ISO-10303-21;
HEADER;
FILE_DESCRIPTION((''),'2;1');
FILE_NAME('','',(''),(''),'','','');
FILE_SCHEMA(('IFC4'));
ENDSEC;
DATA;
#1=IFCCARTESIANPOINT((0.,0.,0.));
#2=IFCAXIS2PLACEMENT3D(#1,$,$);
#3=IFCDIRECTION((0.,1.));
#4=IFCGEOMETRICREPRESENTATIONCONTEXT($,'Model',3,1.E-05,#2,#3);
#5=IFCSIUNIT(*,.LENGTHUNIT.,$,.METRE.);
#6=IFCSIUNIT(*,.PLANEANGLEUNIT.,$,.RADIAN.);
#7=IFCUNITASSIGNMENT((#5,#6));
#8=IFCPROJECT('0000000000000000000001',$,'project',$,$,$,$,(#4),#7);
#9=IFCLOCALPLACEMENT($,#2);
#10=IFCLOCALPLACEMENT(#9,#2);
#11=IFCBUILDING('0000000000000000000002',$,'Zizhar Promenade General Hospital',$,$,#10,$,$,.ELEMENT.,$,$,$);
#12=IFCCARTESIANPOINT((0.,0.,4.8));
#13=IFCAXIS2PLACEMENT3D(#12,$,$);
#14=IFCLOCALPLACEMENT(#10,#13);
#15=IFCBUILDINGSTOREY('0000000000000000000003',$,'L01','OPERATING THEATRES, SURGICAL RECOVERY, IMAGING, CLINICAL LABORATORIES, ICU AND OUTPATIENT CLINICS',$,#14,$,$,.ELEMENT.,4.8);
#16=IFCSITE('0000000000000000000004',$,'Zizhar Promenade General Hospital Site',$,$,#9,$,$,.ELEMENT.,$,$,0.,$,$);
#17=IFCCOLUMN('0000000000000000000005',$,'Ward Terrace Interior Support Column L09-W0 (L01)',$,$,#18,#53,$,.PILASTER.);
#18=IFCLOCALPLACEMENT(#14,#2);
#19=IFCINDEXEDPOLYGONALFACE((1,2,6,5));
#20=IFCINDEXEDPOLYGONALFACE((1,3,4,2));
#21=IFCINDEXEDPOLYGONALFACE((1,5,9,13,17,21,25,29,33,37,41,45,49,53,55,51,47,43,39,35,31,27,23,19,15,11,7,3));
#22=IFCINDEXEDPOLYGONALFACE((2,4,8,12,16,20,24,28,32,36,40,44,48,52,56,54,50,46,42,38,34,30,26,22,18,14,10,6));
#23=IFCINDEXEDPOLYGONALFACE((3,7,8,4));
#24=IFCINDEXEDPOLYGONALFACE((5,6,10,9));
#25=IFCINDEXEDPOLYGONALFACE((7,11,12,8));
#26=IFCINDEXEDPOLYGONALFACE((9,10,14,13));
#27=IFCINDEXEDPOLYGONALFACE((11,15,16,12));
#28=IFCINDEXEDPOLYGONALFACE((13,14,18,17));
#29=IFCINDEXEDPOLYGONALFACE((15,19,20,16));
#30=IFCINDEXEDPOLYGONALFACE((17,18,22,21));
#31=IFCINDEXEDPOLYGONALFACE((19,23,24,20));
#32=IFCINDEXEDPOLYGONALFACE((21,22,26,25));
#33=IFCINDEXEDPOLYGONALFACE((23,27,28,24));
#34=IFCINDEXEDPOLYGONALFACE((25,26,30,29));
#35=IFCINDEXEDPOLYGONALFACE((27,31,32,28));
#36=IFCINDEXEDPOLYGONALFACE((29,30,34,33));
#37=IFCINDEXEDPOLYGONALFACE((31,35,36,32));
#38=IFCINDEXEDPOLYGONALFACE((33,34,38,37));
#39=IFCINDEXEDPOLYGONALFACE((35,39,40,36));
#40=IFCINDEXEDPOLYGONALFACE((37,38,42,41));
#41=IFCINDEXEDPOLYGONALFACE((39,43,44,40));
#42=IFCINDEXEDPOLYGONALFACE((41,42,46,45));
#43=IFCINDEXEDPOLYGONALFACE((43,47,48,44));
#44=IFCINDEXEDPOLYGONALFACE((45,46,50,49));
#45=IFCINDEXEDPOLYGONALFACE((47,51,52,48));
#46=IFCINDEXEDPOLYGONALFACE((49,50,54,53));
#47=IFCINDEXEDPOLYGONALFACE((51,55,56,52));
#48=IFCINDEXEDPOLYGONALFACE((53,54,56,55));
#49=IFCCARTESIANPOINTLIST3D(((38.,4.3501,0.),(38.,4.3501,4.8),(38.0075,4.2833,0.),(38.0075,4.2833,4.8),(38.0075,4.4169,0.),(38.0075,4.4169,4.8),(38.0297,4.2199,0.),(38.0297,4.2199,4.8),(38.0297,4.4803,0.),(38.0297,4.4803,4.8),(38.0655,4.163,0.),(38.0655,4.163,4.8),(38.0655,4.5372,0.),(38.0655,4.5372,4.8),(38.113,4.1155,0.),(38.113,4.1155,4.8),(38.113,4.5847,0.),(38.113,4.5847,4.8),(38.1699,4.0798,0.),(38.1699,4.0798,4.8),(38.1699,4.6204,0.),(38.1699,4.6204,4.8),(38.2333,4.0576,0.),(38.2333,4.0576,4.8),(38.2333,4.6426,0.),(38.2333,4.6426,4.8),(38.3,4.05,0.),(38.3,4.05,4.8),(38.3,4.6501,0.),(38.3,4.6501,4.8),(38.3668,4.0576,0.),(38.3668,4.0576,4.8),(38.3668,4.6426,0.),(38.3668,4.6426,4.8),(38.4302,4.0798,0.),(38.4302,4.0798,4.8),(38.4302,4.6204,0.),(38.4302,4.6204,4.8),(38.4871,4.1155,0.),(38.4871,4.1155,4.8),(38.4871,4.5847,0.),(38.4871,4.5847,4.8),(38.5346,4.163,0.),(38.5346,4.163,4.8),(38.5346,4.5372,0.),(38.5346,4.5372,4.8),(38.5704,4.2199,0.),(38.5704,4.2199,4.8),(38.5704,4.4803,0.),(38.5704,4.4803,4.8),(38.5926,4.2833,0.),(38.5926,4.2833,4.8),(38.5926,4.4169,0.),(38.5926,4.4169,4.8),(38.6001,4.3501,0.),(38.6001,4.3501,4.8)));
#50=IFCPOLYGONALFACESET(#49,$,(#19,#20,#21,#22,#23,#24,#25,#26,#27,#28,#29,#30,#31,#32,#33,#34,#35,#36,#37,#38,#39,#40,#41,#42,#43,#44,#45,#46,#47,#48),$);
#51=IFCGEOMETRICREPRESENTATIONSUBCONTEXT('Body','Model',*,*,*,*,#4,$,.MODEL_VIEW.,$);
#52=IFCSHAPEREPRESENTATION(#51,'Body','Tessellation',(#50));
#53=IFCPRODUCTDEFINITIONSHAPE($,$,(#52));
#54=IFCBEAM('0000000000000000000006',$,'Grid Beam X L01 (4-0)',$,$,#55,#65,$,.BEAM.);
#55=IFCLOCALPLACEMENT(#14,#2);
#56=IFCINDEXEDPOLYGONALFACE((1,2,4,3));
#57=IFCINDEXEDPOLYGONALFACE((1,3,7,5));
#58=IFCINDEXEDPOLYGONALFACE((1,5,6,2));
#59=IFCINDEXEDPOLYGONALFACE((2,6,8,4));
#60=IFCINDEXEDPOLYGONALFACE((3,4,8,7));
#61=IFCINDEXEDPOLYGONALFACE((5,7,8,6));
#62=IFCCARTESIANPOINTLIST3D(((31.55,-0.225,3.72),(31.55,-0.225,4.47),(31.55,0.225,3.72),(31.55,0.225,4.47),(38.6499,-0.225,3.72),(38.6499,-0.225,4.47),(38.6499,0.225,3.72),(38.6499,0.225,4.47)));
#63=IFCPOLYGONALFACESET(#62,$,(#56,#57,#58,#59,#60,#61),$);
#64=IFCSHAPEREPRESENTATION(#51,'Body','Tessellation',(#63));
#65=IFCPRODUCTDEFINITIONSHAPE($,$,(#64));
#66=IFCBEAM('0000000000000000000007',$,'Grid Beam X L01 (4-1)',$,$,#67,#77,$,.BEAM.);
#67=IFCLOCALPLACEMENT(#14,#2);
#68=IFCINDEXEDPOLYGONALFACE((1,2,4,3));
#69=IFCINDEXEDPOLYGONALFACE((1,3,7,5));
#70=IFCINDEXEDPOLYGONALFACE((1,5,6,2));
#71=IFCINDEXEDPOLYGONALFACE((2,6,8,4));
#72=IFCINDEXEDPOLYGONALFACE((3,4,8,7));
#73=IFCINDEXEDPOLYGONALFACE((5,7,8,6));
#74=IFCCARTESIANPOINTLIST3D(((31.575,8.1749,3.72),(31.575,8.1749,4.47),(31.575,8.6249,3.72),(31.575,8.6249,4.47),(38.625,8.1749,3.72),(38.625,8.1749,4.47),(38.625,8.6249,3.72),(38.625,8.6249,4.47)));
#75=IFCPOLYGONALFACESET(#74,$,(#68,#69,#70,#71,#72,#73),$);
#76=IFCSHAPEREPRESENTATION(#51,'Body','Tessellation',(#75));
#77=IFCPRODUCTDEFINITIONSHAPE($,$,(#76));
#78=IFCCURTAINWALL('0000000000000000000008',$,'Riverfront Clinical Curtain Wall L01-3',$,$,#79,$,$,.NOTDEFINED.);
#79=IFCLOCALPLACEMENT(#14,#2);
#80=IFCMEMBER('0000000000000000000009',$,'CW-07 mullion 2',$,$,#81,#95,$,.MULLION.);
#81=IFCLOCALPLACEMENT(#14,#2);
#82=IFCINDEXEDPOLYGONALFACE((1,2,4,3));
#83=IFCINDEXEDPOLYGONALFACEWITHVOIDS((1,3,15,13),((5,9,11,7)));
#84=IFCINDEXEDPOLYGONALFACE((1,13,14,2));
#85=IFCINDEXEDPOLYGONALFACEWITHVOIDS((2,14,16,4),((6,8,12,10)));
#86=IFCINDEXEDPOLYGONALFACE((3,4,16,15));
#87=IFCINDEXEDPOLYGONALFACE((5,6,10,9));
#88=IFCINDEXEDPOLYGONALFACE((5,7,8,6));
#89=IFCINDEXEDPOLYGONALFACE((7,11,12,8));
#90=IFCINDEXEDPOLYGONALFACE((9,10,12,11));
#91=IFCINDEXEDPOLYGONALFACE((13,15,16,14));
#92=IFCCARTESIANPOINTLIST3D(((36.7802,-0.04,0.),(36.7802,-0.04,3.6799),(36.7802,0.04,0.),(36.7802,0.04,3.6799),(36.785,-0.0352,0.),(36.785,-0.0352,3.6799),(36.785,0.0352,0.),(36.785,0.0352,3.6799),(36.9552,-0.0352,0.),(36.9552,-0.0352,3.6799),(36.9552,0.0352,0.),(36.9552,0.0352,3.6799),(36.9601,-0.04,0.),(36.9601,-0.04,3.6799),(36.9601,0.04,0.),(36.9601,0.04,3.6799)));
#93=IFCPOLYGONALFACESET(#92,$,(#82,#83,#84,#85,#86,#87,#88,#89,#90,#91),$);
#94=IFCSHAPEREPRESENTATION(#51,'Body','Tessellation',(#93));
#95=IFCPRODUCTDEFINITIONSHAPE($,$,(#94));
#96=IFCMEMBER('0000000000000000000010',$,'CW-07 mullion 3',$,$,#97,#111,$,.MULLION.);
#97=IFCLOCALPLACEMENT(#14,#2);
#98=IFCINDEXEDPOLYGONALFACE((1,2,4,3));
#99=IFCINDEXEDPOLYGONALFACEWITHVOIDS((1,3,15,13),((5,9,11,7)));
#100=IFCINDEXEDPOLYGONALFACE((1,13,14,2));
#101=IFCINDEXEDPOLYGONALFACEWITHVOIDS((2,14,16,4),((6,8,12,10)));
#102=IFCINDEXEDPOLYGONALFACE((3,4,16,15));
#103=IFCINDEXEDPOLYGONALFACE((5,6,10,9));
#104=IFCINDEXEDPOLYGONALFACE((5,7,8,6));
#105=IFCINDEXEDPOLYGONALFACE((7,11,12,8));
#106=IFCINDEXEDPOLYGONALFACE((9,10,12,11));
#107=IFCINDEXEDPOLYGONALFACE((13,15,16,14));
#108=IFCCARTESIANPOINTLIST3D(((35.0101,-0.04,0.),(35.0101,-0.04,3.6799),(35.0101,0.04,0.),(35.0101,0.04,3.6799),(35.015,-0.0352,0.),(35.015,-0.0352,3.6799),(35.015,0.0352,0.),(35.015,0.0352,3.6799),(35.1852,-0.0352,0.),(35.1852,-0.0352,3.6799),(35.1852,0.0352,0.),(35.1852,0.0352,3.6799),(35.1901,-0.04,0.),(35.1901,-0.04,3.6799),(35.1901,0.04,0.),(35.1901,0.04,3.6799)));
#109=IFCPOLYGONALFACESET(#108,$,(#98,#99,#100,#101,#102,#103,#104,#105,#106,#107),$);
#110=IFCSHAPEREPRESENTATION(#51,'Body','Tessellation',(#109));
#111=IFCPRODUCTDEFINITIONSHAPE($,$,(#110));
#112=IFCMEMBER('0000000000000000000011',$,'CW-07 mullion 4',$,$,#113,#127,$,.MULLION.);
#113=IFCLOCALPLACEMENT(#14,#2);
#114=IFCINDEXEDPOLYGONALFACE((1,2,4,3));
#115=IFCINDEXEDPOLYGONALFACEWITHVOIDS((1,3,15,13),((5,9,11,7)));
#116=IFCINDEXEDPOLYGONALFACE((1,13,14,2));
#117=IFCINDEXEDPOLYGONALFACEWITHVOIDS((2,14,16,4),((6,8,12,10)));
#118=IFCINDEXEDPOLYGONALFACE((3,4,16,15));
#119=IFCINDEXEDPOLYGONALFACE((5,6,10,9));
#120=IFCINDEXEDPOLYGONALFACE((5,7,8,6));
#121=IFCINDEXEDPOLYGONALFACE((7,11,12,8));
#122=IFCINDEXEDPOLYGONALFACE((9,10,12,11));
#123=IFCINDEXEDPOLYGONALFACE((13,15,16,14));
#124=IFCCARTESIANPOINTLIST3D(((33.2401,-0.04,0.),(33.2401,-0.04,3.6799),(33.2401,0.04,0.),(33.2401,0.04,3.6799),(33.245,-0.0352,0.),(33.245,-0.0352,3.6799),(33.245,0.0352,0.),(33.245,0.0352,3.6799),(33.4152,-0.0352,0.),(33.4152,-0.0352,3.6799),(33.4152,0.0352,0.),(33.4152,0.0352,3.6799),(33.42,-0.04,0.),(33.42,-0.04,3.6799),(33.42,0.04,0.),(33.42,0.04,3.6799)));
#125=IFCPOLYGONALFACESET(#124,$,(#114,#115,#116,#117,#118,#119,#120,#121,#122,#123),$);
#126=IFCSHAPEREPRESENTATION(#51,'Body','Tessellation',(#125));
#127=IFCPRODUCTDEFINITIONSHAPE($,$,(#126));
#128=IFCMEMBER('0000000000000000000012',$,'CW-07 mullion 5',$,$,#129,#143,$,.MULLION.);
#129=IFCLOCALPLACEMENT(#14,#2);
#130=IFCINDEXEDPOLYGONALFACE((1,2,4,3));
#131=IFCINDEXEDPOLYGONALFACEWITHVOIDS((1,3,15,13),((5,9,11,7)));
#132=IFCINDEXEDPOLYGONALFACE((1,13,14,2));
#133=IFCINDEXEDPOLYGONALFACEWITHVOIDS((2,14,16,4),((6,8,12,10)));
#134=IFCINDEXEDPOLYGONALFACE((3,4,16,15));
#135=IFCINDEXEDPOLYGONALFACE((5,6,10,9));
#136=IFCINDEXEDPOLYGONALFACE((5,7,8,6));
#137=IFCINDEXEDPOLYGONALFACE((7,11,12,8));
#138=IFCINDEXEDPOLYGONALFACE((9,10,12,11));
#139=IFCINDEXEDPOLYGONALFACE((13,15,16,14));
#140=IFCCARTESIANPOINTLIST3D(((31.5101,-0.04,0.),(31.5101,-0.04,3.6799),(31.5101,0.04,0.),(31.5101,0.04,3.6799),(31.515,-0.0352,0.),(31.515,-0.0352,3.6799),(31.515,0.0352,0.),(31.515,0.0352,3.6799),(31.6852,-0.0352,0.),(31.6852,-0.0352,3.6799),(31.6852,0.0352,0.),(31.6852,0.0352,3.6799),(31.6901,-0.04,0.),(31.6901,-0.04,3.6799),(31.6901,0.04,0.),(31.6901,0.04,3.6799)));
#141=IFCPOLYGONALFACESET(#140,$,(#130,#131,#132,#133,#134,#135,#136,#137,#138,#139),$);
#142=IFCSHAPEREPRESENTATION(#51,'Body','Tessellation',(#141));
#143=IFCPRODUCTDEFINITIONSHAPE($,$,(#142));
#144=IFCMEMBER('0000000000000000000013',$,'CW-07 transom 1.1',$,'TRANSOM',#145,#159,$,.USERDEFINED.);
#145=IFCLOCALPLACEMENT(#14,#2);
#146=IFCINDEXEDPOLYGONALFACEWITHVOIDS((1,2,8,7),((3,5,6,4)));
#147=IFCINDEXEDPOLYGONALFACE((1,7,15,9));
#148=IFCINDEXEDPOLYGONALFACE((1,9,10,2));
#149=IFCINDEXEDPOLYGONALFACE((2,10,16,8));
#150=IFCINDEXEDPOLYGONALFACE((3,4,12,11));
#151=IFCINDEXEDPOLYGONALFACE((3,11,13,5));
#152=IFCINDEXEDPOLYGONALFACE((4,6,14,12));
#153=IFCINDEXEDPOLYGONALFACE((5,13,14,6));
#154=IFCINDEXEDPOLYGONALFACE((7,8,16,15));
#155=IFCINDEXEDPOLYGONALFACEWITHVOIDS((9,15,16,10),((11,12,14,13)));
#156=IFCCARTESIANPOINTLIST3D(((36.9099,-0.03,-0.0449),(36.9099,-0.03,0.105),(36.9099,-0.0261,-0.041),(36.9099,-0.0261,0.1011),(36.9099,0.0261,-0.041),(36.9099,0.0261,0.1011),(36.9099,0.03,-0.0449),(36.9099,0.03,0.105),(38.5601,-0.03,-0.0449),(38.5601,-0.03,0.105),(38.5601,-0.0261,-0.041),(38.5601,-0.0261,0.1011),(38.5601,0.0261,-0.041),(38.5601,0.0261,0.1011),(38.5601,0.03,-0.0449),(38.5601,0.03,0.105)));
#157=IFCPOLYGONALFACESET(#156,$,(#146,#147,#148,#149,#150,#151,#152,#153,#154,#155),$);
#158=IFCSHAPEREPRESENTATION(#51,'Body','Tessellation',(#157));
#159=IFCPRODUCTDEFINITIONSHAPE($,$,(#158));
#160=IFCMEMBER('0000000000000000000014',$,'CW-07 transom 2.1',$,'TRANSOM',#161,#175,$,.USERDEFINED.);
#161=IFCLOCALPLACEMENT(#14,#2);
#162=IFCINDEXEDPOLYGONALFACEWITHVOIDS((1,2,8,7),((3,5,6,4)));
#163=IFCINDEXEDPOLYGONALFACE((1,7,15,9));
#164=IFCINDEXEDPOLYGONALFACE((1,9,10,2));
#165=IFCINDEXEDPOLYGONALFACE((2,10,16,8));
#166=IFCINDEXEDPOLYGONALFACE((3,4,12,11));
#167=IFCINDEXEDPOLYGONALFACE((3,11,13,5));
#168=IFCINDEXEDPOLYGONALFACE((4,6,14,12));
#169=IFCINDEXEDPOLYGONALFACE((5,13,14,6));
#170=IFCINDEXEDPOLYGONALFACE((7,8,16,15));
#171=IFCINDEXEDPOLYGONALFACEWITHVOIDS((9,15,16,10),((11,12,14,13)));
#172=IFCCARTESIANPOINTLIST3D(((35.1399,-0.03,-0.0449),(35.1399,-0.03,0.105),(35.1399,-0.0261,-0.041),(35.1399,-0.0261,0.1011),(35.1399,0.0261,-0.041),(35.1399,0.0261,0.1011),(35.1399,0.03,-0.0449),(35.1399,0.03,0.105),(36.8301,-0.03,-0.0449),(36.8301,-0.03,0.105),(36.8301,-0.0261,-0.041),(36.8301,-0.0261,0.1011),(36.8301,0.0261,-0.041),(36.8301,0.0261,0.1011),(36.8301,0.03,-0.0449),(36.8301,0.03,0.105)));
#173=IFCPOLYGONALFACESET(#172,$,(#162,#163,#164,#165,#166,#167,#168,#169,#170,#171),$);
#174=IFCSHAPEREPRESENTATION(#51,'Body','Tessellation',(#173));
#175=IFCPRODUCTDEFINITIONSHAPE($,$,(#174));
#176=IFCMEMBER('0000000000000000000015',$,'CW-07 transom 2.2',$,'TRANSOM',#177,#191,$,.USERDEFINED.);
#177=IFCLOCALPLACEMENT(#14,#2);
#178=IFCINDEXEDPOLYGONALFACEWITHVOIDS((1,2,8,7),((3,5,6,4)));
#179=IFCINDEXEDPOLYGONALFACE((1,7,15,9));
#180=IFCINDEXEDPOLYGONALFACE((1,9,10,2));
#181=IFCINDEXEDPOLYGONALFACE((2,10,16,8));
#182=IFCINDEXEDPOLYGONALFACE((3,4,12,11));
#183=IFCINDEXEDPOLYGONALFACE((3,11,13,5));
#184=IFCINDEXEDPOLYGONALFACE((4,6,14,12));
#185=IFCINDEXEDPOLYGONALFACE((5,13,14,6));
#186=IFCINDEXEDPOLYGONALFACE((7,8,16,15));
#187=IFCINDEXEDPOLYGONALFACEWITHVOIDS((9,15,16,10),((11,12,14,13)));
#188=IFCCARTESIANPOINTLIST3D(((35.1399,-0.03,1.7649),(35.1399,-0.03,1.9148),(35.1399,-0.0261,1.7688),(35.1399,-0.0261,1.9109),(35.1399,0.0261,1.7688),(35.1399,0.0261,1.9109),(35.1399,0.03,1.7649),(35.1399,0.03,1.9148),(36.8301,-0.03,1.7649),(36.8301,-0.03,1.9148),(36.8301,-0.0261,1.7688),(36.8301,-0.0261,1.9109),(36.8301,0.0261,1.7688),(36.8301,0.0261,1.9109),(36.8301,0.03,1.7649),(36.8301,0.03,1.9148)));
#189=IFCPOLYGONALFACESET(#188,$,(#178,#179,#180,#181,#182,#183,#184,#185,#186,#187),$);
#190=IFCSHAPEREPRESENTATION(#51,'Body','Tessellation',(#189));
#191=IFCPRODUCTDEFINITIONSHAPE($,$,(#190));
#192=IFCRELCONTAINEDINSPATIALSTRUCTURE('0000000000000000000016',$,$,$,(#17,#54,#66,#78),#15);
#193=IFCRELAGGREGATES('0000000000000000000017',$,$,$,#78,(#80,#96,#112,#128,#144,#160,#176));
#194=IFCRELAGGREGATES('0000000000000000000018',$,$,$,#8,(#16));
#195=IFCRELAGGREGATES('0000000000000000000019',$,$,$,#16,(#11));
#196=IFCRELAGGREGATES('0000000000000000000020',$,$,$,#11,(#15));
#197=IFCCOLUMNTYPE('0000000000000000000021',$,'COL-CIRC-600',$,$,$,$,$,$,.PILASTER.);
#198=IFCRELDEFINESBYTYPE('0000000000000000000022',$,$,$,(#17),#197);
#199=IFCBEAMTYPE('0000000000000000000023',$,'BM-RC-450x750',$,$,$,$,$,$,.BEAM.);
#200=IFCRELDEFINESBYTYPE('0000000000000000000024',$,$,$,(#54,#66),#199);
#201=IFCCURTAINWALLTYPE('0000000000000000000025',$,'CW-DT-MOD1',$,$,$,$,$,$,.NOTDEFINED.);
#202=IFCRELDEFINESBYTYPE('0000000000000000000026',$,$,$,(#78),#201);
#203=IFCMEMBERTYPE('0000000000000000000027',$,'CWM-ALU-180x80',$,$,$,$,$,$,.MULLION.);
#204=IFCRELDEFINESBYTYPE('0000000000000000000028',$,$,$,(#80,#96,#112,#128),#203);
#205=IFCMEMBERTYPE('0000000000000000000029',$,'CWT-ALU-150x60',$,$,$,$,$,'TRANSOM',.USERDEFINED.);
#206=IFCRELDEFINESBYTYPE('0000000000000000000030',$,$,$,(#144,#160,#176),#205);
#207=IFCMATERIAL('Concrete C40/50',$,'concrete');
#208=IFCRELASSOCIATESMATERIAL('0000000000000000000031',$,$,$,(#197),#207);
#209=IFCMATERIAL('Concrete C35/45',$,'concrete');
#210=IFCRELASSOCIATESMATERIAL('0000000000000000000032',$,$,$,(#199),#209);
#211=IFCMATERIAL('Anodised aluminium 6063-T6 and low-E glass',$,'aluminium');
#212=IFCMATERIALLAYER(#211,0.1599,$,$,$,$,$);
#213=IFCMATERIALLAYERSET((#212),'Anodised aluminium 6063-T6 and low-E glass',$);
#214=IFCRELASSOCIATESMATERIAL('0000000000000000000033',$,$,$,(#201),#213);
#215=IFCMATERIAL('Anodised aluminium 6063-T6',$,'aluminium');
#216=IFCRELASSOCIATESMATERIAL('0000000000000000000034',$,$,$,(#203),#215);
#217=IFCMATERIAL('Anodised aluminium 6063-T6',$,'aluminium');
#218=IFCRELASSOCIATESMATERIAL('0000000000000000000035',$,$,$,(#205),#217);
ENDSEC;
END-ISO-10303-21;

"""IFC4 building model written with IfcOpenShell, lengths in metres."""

from ifc_helpers import new_model, si_unit, direction, frame, origin, origin_2d, place, context, subcontext, project, spatial, rectangle, hollow_rectangle, circle, extrude, material, layer, layer_set, material_profile, profile_set, type_object, element, aggregate, save


model = new_model("IFC4")

# Units and contexts
model_context = context("Model", 3, precision=1e-05, world=origin(), true_north=direction((0.0, 1.0)))
body_context = subcontext(model_context, "Body", "Model", "MODEL_VIEW")
ifc_project = project(units=[si_unit("LENGTHUNIT", "METRE"), si_unit("PLANEANGLEUNIT", "RADIAN")], contexts=[model_context])

# Site, building, storey
site_placement = place(None, origin())
site = spatial("IfcSite", under=ifc_project, at=site_placement, Name="Zizhar Promenade General Hospital Site", CompositionType="ELEMENT", RefElevation=0.0)
building_placement = place(site_placement, origin())
building = spatial("IfcBuilding", under=site, at=building_placement, Name="Zizhar Promenade General Hospital", CompositionType="ELEMENT")
storey_placement = place(building_placement, frame((0.0, 0.0, 4.8)))
storey = spatial("IfcBuildingStorey", under=building, at=storey_placement, Name="L01", Description="OPERATING THEATRES, SURGICAL RECOVERY, IMAGING, CLINICAL LABORATORIES, ICU AND OUTPATIENT CLINICS", CompositionType="ELEMENT", Elevation=4.8)

# Column
ifc_material_1 = material(Name="Concrete C40/50", Category="concrete")
ifc_material_profile_1 = material_profile(ifc_material_1, circle(Radius=0.3, at=origin_2d()))
ifc_profile_set_1 = profile_set([ifc_material_profile_1], Name="Concrete C40/50")
column_type = type_object("IfcColumnType", Name="COL-CIRC-600", PredefinedType="PILASTER", material=ifc_profile_set_1)
column_placement = place(storey_placement, frame((38.3, 4.3501, 0.0), z_axis=(0.0, 0.0, 1.0), x_axis=(1.0, 0.0, 0.0)))
element("IfcColumn", 1, at=column_placement, inside=storey, type_object=column_type, Name="Ward Terrace Interior Support Column L09-W0 (L01)", PredefinedType="PILASTER", context=body_context, shape_type="SweptSolid", body=[
    extrude(circle(Radius=0.3, at=origin_2d()), origin(), (0.0, 0.0, 1.0), 4.8),
])

# Beams
ifc_material_2 = material(Name="Concrete C35/45", Category="concrete")
ifc_material_profile_2 = material_profile(ifc_material_2, rectangle(XDim=0.45, YDim=0.75, at=origin_2d()))
ifc_profile_set_2 = profile_set([ifc_material_profile_2], Name="Concrete C35/45")
beam_type = type_object("IfcBeamType", Name="BM-RC-450x750", PredefinedType="BEAM", material=ifc_profile_set_2)
beam_1_placement = place(storey_placement, frame((31.55, 0.0, 4.095), z_axis=(1.0, 0.0, 0.0), x_axis=(0.0, 1.0, 0.0)))
element("IfcBeam", 2, at=beam_1_placement, inside=storey, type_object=beam_type, Name="Grid Beam X L01 (4-0)", PredefinedType="BEAM", context=body_context, shape_type="SweptSolid", body=[
    extrude(rectangle(XDim=0.45, YDim=0.75, at=origin_2d()), origin(), (0.0, 0.0, 1.0), 7.0999),
])
beam_2_placement = place(storey_placement, frame((31.575, 8.3999, 4.095), z_axis=(1.0, 0.0, 0.0), x_axis=(0.0, 1.0, 0.0)))
element("IfcBeam", 3, at=beam_2_placement, inside=storey, type_object=beam_type, Name="Grid Beam X L01 (4-1)", PredefinedType="BEAM", context=body_context, shape_type="SweptSolid", body=[
    extrude(rectangle(XDim=0.45, YDim=0.75, at=origin_2d()), origin(), (0.0, 0.0, 1.0), 7.05),
])

# Curtain wall, members
ifc_material_3 = material(Name="Anodised aluminium 6063-T6 and low-E glass", Category="aluminium")
ifc_layer_1 = layer(ifc_material_3, 0.1599)
ifc_layer_set_1 = layer_set([ifc_layer_1], Name="Anodised aluminium 6063-T6 and low-E glass")
curtain_wall_type = type_object("IfcCurtainWallType", Name="CW-DT-MOD1", PredefinedType="NOTDEFINED", material=ifc_layer_set_1)
curtain_wall_placement = place(storey_placement, origin())
curtain_wall = element("IfcCurtainWall", 4, at=curtain_wall_placement, inside=storey, type_object=curtain_wall_type, Name="Riverfront Clinical Curtain Wall L01-3", PredefinedType="NOTDEFINED")
ifc_material_4 = material(Name="Anodised aluminium 6063-T6", Category="aluminium")
ifc_material_profile_3 = material_profile(ifc_material_4, hollow_rectangle(XDim=0.0801, YDim=0.1799, WallThickness=0.0049, at=origin_2d()))
ifc_profile_set_3 = profile_set([ifc_material_profile_3], Name="Anodised aluminium 6063-T6")
member_type_1 = type_object("IfcMemberType", Name="CWM-ALU-180x80", PredefinedType="MULLION", material=ifc_profile_set_3)
member_1_placement = place(storey_placement, frame((36.8701, 0.0, 0.0), z_axis=(0.0, 0.0, 1.0), x_axis=(0.0, -1.0, 0.0)))
member_1 = element("IfcMember", 5, at=member_1_placement, type_object=member_type_1, Name="CW-07 mullion 2", PredefinedType="MULLION", context=body_context, shape_type="SweptSolid", body=[
    extrude(hollow_rectangle(XDim=0.0801, YDim=0.1799, WallThickness=0.0049, at=origin_2d()), origin(), (0.0, 0.0, 1.0), 3.6799),
])
member_2_placement = place(storey_placement, frame((35.1001, 0.0, 0.0), z_axis=(0.0, 0.0, 1.0), x_axis=(0.0, -1.0, 0.0)))
member_2 = element("IfcMember", 6, at=member_2_placement, type_object=member_type_1, Name="CW-07 mullion 3", PredefinedType="MULLION", context=body_context, shape_type="SweptSolid", body=[
    extrude(hollow_rectangle(XDim=0.0801, YDim=0.1799, WallThickness=0.0049, at=origin_2d()), origin(), (0.0, 0.0, 1.0), 3.6799),
])
member_3_placement = place(storey_placement, frame((33.3301, 0.0, 0.0), z_axis=(0.0, 0.0, 1.0), x_axis=(0.0, -1.0, 0.0)))
member_3 = element("IfcMember", 7, at=member_3_placement, type_object=member_type_1, Name="CW-07 mullion 4", PredefinedType="MULLION", context=body_context, shape_type="SweptSolid", body=[
    extrude(hollow_rectangle(XDim=0.0801, YDim=0.1799, WallThickness=0.0049, at=origin_2d()), origin(), (0.0, 0.0, 1.0), 3.6799),
])
member_4_placement = place(storey_placement, frame((31.6001, 0.0, 0.0), z_axis=(0.0, 0.0, 1.0), x_axis=(0.0, -1.0, 0.0)))
member_4 = element("IfcMember", 8, at=member_4_placement, type_object=member_type_1, Name="CW-07 mullion 5", PredefinedType="MULLION", context=body_context, shape_type="SweptSolid", body=[
    extrude(hollow_rectangle(XDim=0.0801, YDim=0.1799, WallThickness=0.0049, at=origin_2d()), origin(), (0.0, 0.0, 1.0), 3.6799),
])
ifc_material_5 = material(Name="Anodised aluminium 6063-T6", Category="aluminium")
ifc_material_profile_4 = material_profile(ifc_material_5, hollow_rectangle(XDim=0.0601, YDim=0.1499, WallThickness=0.0039, at=origin_2d()))
ifc_profile_set_4 = profile_set([ifc_material_profile_4], Name="Anodised aluminium 6063-T6")
member_type_2 = type_object("IfcMemberType", Name="CWT-ALU-150x60", ElementType="TRANSOM", PredefinedType="USERDEFINED", material=ifc_profile_set_4)
member_5_placement = place(storey_placement, frame((38.5601, 0.0, 0.03), z_axis=(-1.0, 0.0, 0.0), x_axis=(0.0, -1.0, 0.0)))
member_5 = element("IfcMember", 9, at=member_5_placement, type_object=member_type_2, Name="CW-07 transom 1.1", ObjectType="TRANSOM", PredefinedType="USERDEFINED", context=body_context, shape_type="SweptSolid", body=[
    extrude(hollow_rectangle(XDim=0.0601, YDim=0.1499, WallThickness=0.0039, at=origin_2d()), origin(), (0.0, 0.0, 1.0), 1.6501),
])
member_6_placement = place(storey_placement, frame((36.8301, 0.0, 0.03), z_axis=(-1.0, 0.0, 0.0), x_axis=(0.0, -1.0, 0.0)))
member_6 = element("IfcMember", 10, at=member_6_placement, type_object=member_type_2, Name="CW-07 transom 2.1", ObjectType="TRANSOM", PredefinedType="USERDEFINED", context=body_context, shape_type="SweptSolid", body=[
    extrude(hollow_rectangle(XDim=0.0601, YDim=0.1499, WallThickness=0.0039, at=origin_2d()), origin(), (0.0, 0.0, 1.0), 1.6902),
])
member_7_placement = place(storey_placement, frame((36.8301, 0.0, 1.8398), z_axis=(-1.0, 0.0, 0.0), x_axis=(0.0, -1.0, 0.0)))
member_7 = element("IfcMember", 11, at=member_7_placement, type_object=member_type_2, Name="CW-07 transom 2.2", ObjectType="TRANSOM", PredefinedType="USERDEFINED", context=body_context, shape_type="SweptSolid", body=[
    extrude(hollow_rectangle(XDim=0.0601, YDim=0.1499, WallThickness=0.0039, at=origin_2d()), origin(), (0.0, 0.0, 1.0), 1.6902),
])
aggregate(curtain_wall, [member_1, member_2, member_3, member_4, member_5, member_6, member_7])

save(model, "model.ifc")
